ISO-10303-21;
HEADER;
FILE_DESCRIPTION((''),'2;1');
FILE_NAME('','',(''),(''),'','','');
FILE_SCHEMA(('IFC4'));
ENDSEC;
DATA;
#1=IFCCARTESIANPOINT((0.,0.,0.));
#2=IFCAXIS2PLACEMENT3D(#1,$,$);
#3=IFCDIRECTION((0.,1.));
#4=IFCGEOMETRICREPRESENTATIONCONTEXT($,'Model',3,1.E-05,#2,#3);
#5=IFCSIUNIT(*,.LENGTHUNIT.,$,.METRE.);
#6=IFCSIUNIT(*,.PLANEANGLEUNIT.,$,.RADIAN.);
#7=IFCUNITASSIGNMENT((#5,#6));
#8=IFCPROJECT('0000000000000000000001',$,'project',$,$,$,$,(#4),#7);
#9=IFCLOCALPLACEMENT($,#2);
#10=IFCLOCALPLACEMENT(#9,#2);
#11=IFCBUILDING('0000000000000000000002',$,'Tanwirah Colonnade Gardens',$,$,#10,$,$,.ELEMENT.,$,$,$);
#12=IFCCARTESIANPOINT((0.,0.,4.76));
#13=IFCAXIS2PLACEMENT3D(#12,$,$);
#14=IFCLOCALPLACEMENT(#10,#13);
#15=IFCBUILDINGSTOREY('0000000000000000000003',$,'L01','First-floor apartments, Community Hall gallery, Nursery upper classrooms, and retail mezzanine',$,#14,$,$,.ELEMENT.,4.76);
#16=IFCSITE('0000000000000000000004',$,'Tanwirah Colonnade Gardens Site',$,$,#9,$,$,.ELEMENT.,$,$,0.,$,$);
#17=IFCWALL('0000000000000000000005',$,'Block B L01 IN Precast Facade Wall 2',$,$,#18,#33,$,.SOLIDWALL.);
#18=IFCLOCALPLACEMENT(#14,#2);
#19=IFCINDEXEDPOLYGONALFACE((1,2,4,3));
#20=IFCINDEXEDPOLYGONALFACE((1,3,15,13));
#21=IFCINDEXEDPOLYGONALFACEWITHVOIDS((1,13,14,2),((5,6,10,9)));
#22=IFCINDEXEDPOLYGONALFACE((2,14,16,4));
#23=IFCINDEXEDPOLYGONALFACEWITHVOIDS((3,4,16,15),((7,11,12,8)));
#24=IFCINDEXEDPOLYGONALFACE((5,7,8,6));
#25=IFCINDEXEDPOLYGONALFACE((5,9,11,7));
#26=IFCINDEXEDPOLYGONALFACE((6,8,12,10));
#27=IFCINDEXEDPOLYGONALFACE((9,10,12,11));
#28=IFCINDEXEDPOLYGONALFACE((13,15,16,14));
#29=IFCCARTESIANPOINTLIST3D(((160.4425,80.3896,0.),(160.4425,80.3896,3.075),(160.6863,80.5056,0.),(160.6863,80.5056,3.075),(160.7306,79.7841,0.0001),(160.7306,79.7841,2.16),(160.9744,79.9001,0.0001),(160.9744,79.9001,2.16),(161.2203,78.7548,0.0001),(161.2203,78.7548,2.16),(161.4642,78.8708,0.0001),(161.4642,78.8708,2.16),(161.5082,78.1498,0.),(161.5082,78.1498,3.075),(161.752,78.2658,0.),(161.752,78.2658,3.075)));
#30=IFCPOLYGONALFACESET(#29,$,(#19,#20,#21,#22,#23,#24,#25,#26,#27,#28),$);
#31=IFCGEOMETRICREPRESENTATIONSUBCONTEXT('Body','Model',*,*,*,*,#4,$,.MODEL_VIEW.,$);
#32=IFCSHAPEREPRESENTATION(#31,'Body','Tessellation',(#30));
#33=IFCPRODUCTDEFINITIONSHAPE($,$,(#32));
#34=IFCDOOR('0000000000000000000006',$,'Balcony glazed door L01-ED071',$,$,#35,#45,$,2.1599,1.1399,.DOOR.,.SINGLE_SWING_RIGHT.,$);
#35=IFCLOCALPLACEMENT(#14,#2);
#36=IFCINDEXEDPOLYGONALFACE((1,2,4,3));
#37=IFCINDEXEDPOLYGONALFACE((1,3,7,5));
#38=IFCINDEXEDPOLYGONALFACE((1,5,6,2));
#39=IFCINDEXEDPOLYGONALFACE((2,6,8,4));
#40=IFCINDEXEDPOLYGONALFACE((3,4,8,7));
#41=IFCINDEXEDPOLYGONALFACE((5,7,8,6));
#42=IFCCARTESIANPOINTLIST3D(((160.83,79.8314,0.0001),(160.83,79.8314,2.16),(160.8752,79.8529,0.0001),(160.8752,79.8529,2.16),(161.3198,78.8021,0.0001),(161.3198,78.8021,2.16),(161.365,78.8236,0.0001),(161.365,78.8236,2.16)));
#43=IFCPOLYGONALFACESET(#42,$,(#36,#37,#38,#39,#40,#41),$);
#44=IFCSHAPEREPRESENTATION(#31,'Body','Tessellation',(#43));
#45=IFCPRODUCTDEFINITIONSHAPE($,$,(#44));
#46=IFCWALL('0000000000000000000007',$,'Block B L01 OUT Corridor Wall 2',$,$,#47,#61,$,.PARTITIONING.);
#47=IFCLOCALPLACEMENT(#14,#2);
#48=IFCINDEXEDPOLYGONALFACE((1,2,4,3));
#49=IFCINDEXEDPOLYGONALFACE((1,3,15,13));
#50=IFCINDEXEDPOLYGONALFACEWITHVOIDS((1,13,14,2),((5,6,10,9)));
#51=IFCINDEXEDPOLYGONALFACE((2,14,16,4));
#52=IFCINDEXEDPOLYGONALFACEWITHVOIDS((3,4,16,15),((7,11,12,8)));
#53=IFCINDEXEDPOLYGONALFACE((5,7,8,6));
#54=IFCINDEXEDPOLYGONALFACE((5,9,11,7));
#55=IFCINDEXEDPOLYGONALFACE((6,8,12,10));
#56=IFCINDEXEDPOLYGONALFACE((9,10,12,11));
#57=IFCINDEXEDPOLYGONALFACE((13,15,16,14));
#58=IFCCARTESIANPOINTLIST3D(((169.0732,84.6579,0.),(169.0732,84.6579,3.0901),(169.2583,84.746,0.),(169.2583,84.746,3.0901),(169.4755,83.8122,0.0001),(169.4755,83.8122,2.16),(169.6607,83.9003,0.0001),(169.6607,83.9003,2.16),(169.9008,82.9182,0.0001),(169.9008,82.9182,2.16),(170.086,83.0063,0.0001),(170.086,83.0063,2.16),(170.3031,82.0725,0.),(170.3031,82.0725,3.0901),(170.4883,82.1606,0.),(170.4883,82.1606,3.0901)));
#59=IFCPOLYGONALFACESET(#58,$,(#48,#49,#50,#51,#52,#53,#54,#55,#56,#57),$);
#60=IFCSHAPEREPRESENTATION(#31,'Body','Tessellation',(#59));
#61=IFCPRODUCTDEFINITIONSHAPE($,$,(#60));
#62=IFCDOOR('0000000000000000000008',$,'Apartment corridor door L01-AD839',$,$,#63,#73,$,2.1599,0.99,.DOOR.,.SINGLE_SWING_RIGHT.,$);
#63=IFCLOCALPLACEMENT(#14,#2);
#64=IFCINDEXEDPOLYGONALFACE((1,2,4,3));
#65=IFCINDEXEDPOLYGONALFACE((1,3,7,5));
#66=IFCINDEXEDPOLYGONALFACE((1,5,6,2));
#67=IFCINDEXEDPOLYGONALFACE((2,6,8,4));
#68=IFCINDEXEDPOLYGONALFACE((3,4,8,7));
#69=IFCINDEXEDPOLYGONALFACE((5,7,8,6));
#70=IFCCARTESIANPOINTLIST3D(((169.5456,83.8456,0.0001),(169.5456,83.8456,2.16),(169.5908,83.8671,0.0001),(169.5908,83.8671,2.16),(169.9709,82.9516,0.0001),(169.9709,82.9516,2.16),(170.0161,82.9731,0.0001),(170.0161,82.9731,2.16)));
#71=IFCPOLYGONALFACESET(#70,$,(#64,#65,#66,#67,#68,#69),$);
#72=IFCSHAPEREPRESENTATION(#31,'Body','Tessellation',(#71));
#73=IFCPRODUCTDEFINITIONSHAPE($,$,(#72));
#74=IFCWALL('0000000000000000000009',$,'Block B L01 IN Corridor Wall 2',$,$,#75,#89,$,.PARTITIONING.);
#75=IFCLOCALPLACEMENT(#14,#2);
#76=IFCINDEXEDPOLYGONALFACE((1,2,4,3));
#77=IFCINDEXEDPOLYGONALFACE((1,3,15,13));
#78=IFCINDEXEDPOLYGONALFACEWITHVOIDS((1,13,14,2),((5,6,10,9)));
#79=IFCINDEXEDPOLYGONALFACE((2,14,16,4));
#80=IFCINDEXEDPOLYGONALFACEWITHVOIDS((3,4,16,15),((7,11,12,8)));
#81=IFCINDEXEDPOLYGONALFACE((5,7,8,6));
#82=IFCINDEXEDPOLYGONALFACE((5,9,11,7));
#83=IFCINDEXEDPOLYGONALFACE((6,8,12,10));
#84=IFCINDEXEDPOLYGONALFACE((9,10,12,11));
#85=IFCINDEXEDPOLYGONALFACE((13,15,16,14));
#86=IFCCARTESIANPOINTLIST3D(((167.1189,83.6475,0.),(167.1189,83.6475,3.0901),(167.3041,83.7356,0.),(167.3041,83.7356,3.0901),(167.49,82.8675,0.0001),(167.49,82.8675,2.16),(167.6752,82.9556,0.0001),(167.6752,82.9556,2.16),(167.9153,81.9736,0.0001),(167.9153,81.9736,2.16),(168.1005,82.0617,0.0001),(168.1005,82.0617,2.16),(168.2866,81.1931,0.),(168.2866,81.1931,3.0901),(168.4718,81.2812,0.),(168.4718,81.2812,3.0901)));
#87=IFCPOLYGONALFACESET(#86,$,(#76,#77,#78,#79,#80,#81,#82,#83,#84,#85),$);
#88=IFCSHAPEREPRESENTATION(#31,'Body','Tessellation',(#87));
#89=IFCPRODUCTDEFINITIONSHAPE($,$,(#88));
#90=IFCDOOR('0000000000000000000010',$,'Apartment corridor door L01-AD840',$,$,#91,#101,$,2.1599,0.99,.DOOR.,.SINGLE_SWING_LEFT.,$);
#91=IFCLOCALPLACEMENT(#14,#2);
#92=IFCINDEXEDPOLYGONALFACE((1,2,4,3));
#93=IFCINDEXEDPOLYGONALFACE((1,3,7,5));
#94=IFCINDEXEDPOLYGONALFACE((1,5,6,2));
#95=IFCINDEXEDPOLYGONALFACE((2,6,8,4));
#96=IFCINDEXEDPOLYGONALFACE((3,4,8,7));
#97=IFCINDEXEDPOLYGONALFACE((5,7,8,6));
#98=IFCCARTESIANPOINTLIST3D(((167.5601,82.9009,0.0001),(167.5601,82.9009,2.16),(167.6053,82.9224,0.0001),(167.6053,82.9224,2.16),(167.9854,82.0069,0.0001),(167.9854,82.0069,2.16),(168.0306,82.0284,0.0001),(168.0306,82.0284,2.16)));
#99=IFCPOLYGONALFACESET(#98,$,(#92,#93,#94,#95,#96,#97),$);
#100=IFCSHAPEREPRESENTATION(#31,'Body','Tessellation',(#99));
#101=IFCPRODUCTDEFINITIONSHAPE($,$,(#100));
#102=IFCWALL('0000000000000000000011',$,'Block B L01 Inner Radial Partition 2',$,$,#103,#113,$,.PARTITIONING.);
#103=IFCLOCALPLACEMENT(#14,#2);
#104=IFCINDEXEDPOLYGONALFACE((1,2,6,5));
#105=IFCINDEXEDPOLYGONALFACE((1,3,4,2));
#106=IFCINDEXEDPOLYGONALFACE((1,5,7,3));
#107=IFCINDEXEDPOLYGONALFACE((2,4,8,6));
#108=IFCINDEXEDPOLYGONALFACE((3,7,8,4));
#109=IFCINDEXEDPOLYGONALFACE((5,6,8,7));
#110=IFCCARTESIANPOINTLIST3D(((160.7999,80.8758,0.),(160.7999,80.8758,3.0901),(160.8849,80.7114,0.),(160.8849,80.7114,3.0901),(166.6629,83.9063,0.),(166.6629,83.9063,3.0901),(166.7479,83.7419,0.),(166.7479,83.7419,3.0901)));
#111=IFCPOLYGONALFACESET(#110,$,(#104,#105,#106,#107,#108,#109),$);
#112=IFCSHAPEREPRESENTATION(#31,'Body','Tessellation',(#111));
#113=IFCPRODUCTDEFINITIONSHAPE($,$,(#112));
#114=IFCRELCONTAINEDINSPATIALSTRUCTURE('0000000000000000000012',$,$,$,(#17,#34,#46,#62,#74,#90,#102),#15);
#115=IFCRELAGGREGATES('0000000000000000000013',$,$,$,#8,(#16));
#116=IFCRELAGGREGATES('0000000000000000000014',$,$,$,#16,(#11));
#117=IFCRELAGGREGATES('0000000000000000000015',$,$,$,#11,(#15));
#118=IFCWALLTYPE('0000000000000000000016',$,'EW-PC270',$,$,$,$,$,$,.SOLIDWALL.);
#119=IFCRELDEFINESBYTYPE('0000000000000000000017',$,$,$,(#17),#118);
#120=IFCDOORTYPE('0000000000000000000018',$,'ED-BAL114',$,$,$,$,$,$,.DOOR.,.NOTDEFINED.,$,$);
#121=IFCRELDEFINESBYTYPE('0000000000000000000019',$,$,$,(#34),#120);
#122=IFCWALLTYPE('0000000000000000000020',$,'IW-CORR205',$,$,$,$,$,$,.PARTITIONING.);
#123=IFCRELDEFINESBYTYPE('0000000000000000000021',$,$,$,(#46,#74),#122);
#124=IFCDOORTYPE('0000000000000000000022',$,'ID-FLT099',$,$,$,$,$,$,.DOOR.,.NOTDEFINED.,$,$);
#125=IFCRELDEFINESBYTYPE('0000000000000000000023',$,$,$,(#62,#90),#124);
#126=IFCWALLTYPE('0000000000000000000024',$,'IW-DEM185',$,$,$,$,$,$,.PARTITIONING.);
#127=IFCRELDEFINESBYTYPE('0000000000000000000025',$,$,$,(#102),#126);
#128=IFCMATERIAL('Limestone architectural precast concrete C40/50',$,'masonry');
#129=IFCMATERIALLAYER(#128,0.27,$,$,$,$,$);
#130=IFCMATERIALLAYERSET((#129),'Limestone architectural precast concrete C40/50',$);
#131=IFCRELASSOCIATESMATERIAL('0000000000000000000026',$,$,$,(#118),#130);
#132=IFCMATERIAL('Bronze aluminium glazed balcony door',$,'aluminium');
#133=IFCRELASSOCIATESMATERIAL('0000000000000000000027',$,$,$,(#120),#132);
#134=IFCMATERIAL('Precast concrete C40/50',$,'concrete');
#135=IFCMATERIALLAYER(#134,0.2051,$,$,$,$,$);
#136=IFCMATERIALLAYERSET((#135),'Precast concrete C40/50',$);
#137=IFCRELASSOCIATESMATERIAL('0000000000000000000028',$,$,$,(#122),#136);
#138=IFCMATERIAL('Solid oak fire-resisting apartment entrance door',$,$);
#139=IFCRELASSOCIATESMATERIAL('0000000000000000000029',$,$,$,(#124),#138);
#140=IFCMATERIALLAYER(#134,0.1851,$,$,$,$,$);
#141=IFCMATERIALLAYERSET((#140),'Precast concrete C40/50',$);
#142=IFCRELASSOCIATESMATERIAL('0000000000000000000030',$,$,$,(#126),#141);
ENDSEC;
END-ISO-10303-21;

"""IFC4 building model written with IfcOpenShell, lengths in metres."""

from ifc_helpers import new_model, si_unit, direction, frame, frame_2d, origin, place, context, subcontext, project, spatial, rectangle, extrude, material, layer, layer_set, type_object, element, fill, save


model = new_model("IFC4")

# Units and contexts
model_context = context("Model", 3, precision=1e-05, world=origin(), true_north=direction((0.0, 1.0)))
body_context = subcontext(model_context, "Body", "Model", "MODEL_VIEW")
ifc_project = project(units=[si_unit("LENGTHUNIT", "METRE"), si_unit("PLANEANGLEUNIT", "RADIAN")], contexts=[model_context])

# Site, building, storey
site_placement = place(None, origin())
site = spatial("IfcSite", under=ifc_project, at=site_placement, Name="Tanwirah Colonnade Gardens Site", CompositionType="ELEMENT", RefElevation=0.0)
building_placement = place(site_placement, origin())
building = spatial("IfcBuilding", under=site, at=building_placement, Name="Tanwirah Colonnade Gardens", CompositionType="ELEMENT")
storey_placement = place(building_placement, frame((0.0, 0.0, 4.76)))
storey = spatial("IfcBuildingStorey", under=building, at=storey_placement, Name="L01", Description="First-floor apartments, Community Hall gallery, Nursery upper classrooms, and retail mezzanine", CompositionType="ELEMENT", Elevation=4.76)

# Shared definitions
ifc_material_1 = material(Name="Precast concrete C40/50", Category="concrete")

# Walls, openings, doors
ifc_material_2 = material(Name="Limestone architectural precast concrete C40/50", Category="masonry")
ifc_layer_1 = layer(ifc_material_2, 0.27)
ifc_layer_set_1 = layer_set([ifc_layer_1], Name="Limestone architectural precast concrete C40/50")
wall_type_1 = type_object("IfcWallType", Name="EW-PC270", PredefinedType="SOLIDWALL", material=ifc_layer_set_1)
wall_1_placement = place(storey_placement, frame((161.6301, 78.2078, 0.0), z_axis=(0.0, 0.0, 1.0), x_axis=(-0.429647, 0.902997, 0.0)))
wall_1 = element("IfcWall", 1, at=wall_1_placement, inside=storey, type_object=wall_type_1, Name="Block B L01 IN Precast Facade Wall 2", PredefinedType="SOLIDWALL", context=body_context, shape_type="SweptSolid", body=[
    extrude(rectangle(XDim=2.4805, YDim=0.27, at=frame_2d((1.2402, 0.0))), origin(), (0.0, 0.0, 1.0), 3.075),
])
opening_1_placement = place(wall_1_placement, frame((0.6702, 0.0, 0.0)))
opening_1 = element("IfcOpeningElement", 2, at=opening_1_placement, cuts=wall_1, PredefinedType="OPENING", context=body_context, shape_type="SweptSolid", body=[
    extrude(rectangle(XDim=1.1399, YDim=2.1599, at=frame_2d((0.5698, 1.0801))), frame((0.0, 0.145, 0.0), z_axis=(0.0, -1.0, 0.0), x_axis=(1.0, 0.0, 0.0)), (0.0, 0.0, 1.0), 0.29),
])
ifc_material_3 = material(Name="Bronze aluminium glazed balcony door", Category="aluminium")
door_type_1 = type_object("IfcDoorType", Name="ED-BAL114", OperationType="NOTDEFINED", PredefinedType="DOOR", material=ifc_material_3)
door_1_placement = place(opening_1_placement, origin())
door_1 = element("IfcDoor", 3, at=door_1_placement, inside=storey, type_object=door_type_1, Name="Balcony glazed door L01-ED071", OperationType="SINGLE_SWING_RIGHT", OverallHeight=2.1599, OverallWidth=1.1399, PredefinedType="DOOR", context=body_context, shape_type="SweptSolid", body=[
    extrude(rectangle(XDim=1.1399, YDim=2.1599, at=frame_2d((0.5698, 1.0801))), frame((0.0, 0.0249, 0.0), z_axis=(0.0, -1.0, 0.0), x_axis=(1.0, 0.0, 0.0)), (0.0, 0.0, 1.0), 0.05),
])
fill(opening_1, door_1)
ifc_layer_2 = layer(ifc_material_1, 0.2051)
ifc_layer_set_2 = layer_set([ifc_layer_2], Name="Precast concrete C40/50")
wall_type_2 = type_object("IfcWallType", Name="IW-CORR205", PredefinedType="PARTITIONING", material=ifc_layer_set_2)
ifc_material_4 = material(Name="Solid oak fire-resisting apartment entrance door")
wall_2_placement = place(storey_placement, frame((170.3958, 82.1165, 0.0), z_axis=(0.0, 0.0, 1.0), x_axis=(-0.429596, 0.903021, 0.0)))
wall_2 = element("IfcWall", 4, at=wall_2_placement, inside=storey, type_object=wall_type_2, Name="Block B L01 OUT Corridor Wall 2", PredefinedType="PARTITIONING", context=body_context, shape_type="SweptSolid", body=[
    extrude(rectangle(XDim=2.863, YDim=0.2051, at=frame_2d((1.4316, 0.0))), origin(), (0.0, 0.0, 1.0), 3.0901),
])
opening_2_placement = place(wall_2_placement, frame((0.9365, 0.0, 0.0)))
opening_2 = element("IfcOpeningElement", 5, at=opening_2_placement, cuts=wall_2, PredefinedType="OPENING", context=body_context, shape_type="SweptSolid", body=[
    extrude(rectangle(XDim=0.99, YDim=2.1599, at=frame_2d((0.4951, 1.0801))), frame((0.0, 0.1125, 0.0), z_axis=(0.0, -1.0, 0.0), x_axis=(1.0, 0.0, 0.0)), (0.0, 0.0, 1.0), 0.2251),
])
door_type_2 = type_object("IfcDoorType", Name="ID-FLT099", OperationType="NOTDEFINED", PredefinedType="DOOR", material=ifc_material_4)
door_2_placement = place(opening_2_placement, origin())
door_2 = element("IfcDoor", 6, at=door_2_placement, inside=storey, type_object=door_type_2, Name="Apartment corridor door L01-AD839", OperationType="SINGLE_SWING_RIGHT", OverallHeight=2.1599, OverallWidth=0.99, PredefinedType="DOOR", context=body_context, shape_type="SweptSolid", body=[
    extrude(rectangle(XDim=0.99, YDim=2.1599, at=frame_2d((0.4951, 1.0801))), frame((0.0, 0.0249, 0.0), z_axis=(0.0, -1.0, 0.0), x_axis=(1.0, 0.0, 0.0)), (0.0, 0.0, 1.0), 0.05),
])
fill(opening_2, door_2)
wall_3_placement = place(storey_placement, frame((168.3792, 81.2373, 0.0), z_axis=(0.0, 0.0, 1.0), x_axis=(-0.42963, 0.903005, 0.0)))
wall_3 = element("IfcWall", 7, at=wall_3_placement, inside=storey, type_object=wall_type_2, Name="Block B L01 IN Corridor Wall 2", PredefinedType="PARTITIONING", context=body_context, shape_type="SweptSolid", body=[
    extrude(rectangle(XDim=2.718, YDim=0.2051, at=frame_2d((1.3589, 0.0))), origin(), (0.0, 0.0, 1.0), 3.0901),
])
opening_3_placement = place(wall_3_placement, frame((0.864, 0.0, 0.0)))
opening_3 = element("IfcOpeningElement", 8, at=opening_3_placement, cuts=wall_3, PredefinedType="OPENING", context=body_context, shape_type="SweptSolid", body=[
    extrude(rectangle(XDim=0.99, YDim=2.1599, at=frame_2d((0.4951, 1.0801))), frame((0.0, 0.1125, 0.0), z_axis=(0.0, -1.0, 0.0), x_axis=(1.0, 0.0, 0.0)), (0.0, 0.0, 1.0), 0.2251),
])
door_3_placement = place(opening_3_placement, origin())
door_3 = element("IfcDoor", 9, at=door_3_placement, inside=storey, type_object=door_type_2, Name="Apartment corridor door L01-AD840", OperationType="SINGLE_SWING_LEFT", OverallHeight=2.1599, OverallWidth=0.99, PredefinedType="DOOR", context=body_context, shape_type="SweptSolid", body=[
    extrude(rectangle(XDim=0.99, YDim=2.1599, at=frame_2d((0.4951, 1.0801))), frame((0.0, 0.0249, 0.0), z_axis=(0.0, -1.0, 0.0), x_axis=(1.0, 0.0, 0.0)), (0.0, 0.0, 1.0), 0.05),
])
fill(opening_3, door_3)

# Wall
ifc_layer_3 = layer(ifc_material_1, 0.1851)
ifc_layer_set_3 = layer_set([ifc_layer_3], Name="Precast concrete C40/50")
wall_type_3 = type_object("IfcWallType", Name="IW-DEM185", PredefinedType="PARTITIONING", material=ifc_layer_set_3)
wall_4_placement = place(storey_placement, frame((160.8425, 80.7937, 0.0), z_axis=(0.0, 0.0, 1.0), x_axis=(0.888347, 0.459173, 0.0)))
element("IfcWall", 10, at=wall_4_placement, inside=storey, type_object=wall_type_3, Name="Block B L01 Inner Radial Partition 2", PredefinedType="PARTITIONING", context=body_context, shape_type="SweptSolid", body=[
    extrude(rectangle(XDim=6.5999, YDim=0.1851, at=frame_2d((3.2998, 0.0))), origin(), (0.0, 0.0, 1.0), 3.0901),
])

save(model, "model.ifc")
